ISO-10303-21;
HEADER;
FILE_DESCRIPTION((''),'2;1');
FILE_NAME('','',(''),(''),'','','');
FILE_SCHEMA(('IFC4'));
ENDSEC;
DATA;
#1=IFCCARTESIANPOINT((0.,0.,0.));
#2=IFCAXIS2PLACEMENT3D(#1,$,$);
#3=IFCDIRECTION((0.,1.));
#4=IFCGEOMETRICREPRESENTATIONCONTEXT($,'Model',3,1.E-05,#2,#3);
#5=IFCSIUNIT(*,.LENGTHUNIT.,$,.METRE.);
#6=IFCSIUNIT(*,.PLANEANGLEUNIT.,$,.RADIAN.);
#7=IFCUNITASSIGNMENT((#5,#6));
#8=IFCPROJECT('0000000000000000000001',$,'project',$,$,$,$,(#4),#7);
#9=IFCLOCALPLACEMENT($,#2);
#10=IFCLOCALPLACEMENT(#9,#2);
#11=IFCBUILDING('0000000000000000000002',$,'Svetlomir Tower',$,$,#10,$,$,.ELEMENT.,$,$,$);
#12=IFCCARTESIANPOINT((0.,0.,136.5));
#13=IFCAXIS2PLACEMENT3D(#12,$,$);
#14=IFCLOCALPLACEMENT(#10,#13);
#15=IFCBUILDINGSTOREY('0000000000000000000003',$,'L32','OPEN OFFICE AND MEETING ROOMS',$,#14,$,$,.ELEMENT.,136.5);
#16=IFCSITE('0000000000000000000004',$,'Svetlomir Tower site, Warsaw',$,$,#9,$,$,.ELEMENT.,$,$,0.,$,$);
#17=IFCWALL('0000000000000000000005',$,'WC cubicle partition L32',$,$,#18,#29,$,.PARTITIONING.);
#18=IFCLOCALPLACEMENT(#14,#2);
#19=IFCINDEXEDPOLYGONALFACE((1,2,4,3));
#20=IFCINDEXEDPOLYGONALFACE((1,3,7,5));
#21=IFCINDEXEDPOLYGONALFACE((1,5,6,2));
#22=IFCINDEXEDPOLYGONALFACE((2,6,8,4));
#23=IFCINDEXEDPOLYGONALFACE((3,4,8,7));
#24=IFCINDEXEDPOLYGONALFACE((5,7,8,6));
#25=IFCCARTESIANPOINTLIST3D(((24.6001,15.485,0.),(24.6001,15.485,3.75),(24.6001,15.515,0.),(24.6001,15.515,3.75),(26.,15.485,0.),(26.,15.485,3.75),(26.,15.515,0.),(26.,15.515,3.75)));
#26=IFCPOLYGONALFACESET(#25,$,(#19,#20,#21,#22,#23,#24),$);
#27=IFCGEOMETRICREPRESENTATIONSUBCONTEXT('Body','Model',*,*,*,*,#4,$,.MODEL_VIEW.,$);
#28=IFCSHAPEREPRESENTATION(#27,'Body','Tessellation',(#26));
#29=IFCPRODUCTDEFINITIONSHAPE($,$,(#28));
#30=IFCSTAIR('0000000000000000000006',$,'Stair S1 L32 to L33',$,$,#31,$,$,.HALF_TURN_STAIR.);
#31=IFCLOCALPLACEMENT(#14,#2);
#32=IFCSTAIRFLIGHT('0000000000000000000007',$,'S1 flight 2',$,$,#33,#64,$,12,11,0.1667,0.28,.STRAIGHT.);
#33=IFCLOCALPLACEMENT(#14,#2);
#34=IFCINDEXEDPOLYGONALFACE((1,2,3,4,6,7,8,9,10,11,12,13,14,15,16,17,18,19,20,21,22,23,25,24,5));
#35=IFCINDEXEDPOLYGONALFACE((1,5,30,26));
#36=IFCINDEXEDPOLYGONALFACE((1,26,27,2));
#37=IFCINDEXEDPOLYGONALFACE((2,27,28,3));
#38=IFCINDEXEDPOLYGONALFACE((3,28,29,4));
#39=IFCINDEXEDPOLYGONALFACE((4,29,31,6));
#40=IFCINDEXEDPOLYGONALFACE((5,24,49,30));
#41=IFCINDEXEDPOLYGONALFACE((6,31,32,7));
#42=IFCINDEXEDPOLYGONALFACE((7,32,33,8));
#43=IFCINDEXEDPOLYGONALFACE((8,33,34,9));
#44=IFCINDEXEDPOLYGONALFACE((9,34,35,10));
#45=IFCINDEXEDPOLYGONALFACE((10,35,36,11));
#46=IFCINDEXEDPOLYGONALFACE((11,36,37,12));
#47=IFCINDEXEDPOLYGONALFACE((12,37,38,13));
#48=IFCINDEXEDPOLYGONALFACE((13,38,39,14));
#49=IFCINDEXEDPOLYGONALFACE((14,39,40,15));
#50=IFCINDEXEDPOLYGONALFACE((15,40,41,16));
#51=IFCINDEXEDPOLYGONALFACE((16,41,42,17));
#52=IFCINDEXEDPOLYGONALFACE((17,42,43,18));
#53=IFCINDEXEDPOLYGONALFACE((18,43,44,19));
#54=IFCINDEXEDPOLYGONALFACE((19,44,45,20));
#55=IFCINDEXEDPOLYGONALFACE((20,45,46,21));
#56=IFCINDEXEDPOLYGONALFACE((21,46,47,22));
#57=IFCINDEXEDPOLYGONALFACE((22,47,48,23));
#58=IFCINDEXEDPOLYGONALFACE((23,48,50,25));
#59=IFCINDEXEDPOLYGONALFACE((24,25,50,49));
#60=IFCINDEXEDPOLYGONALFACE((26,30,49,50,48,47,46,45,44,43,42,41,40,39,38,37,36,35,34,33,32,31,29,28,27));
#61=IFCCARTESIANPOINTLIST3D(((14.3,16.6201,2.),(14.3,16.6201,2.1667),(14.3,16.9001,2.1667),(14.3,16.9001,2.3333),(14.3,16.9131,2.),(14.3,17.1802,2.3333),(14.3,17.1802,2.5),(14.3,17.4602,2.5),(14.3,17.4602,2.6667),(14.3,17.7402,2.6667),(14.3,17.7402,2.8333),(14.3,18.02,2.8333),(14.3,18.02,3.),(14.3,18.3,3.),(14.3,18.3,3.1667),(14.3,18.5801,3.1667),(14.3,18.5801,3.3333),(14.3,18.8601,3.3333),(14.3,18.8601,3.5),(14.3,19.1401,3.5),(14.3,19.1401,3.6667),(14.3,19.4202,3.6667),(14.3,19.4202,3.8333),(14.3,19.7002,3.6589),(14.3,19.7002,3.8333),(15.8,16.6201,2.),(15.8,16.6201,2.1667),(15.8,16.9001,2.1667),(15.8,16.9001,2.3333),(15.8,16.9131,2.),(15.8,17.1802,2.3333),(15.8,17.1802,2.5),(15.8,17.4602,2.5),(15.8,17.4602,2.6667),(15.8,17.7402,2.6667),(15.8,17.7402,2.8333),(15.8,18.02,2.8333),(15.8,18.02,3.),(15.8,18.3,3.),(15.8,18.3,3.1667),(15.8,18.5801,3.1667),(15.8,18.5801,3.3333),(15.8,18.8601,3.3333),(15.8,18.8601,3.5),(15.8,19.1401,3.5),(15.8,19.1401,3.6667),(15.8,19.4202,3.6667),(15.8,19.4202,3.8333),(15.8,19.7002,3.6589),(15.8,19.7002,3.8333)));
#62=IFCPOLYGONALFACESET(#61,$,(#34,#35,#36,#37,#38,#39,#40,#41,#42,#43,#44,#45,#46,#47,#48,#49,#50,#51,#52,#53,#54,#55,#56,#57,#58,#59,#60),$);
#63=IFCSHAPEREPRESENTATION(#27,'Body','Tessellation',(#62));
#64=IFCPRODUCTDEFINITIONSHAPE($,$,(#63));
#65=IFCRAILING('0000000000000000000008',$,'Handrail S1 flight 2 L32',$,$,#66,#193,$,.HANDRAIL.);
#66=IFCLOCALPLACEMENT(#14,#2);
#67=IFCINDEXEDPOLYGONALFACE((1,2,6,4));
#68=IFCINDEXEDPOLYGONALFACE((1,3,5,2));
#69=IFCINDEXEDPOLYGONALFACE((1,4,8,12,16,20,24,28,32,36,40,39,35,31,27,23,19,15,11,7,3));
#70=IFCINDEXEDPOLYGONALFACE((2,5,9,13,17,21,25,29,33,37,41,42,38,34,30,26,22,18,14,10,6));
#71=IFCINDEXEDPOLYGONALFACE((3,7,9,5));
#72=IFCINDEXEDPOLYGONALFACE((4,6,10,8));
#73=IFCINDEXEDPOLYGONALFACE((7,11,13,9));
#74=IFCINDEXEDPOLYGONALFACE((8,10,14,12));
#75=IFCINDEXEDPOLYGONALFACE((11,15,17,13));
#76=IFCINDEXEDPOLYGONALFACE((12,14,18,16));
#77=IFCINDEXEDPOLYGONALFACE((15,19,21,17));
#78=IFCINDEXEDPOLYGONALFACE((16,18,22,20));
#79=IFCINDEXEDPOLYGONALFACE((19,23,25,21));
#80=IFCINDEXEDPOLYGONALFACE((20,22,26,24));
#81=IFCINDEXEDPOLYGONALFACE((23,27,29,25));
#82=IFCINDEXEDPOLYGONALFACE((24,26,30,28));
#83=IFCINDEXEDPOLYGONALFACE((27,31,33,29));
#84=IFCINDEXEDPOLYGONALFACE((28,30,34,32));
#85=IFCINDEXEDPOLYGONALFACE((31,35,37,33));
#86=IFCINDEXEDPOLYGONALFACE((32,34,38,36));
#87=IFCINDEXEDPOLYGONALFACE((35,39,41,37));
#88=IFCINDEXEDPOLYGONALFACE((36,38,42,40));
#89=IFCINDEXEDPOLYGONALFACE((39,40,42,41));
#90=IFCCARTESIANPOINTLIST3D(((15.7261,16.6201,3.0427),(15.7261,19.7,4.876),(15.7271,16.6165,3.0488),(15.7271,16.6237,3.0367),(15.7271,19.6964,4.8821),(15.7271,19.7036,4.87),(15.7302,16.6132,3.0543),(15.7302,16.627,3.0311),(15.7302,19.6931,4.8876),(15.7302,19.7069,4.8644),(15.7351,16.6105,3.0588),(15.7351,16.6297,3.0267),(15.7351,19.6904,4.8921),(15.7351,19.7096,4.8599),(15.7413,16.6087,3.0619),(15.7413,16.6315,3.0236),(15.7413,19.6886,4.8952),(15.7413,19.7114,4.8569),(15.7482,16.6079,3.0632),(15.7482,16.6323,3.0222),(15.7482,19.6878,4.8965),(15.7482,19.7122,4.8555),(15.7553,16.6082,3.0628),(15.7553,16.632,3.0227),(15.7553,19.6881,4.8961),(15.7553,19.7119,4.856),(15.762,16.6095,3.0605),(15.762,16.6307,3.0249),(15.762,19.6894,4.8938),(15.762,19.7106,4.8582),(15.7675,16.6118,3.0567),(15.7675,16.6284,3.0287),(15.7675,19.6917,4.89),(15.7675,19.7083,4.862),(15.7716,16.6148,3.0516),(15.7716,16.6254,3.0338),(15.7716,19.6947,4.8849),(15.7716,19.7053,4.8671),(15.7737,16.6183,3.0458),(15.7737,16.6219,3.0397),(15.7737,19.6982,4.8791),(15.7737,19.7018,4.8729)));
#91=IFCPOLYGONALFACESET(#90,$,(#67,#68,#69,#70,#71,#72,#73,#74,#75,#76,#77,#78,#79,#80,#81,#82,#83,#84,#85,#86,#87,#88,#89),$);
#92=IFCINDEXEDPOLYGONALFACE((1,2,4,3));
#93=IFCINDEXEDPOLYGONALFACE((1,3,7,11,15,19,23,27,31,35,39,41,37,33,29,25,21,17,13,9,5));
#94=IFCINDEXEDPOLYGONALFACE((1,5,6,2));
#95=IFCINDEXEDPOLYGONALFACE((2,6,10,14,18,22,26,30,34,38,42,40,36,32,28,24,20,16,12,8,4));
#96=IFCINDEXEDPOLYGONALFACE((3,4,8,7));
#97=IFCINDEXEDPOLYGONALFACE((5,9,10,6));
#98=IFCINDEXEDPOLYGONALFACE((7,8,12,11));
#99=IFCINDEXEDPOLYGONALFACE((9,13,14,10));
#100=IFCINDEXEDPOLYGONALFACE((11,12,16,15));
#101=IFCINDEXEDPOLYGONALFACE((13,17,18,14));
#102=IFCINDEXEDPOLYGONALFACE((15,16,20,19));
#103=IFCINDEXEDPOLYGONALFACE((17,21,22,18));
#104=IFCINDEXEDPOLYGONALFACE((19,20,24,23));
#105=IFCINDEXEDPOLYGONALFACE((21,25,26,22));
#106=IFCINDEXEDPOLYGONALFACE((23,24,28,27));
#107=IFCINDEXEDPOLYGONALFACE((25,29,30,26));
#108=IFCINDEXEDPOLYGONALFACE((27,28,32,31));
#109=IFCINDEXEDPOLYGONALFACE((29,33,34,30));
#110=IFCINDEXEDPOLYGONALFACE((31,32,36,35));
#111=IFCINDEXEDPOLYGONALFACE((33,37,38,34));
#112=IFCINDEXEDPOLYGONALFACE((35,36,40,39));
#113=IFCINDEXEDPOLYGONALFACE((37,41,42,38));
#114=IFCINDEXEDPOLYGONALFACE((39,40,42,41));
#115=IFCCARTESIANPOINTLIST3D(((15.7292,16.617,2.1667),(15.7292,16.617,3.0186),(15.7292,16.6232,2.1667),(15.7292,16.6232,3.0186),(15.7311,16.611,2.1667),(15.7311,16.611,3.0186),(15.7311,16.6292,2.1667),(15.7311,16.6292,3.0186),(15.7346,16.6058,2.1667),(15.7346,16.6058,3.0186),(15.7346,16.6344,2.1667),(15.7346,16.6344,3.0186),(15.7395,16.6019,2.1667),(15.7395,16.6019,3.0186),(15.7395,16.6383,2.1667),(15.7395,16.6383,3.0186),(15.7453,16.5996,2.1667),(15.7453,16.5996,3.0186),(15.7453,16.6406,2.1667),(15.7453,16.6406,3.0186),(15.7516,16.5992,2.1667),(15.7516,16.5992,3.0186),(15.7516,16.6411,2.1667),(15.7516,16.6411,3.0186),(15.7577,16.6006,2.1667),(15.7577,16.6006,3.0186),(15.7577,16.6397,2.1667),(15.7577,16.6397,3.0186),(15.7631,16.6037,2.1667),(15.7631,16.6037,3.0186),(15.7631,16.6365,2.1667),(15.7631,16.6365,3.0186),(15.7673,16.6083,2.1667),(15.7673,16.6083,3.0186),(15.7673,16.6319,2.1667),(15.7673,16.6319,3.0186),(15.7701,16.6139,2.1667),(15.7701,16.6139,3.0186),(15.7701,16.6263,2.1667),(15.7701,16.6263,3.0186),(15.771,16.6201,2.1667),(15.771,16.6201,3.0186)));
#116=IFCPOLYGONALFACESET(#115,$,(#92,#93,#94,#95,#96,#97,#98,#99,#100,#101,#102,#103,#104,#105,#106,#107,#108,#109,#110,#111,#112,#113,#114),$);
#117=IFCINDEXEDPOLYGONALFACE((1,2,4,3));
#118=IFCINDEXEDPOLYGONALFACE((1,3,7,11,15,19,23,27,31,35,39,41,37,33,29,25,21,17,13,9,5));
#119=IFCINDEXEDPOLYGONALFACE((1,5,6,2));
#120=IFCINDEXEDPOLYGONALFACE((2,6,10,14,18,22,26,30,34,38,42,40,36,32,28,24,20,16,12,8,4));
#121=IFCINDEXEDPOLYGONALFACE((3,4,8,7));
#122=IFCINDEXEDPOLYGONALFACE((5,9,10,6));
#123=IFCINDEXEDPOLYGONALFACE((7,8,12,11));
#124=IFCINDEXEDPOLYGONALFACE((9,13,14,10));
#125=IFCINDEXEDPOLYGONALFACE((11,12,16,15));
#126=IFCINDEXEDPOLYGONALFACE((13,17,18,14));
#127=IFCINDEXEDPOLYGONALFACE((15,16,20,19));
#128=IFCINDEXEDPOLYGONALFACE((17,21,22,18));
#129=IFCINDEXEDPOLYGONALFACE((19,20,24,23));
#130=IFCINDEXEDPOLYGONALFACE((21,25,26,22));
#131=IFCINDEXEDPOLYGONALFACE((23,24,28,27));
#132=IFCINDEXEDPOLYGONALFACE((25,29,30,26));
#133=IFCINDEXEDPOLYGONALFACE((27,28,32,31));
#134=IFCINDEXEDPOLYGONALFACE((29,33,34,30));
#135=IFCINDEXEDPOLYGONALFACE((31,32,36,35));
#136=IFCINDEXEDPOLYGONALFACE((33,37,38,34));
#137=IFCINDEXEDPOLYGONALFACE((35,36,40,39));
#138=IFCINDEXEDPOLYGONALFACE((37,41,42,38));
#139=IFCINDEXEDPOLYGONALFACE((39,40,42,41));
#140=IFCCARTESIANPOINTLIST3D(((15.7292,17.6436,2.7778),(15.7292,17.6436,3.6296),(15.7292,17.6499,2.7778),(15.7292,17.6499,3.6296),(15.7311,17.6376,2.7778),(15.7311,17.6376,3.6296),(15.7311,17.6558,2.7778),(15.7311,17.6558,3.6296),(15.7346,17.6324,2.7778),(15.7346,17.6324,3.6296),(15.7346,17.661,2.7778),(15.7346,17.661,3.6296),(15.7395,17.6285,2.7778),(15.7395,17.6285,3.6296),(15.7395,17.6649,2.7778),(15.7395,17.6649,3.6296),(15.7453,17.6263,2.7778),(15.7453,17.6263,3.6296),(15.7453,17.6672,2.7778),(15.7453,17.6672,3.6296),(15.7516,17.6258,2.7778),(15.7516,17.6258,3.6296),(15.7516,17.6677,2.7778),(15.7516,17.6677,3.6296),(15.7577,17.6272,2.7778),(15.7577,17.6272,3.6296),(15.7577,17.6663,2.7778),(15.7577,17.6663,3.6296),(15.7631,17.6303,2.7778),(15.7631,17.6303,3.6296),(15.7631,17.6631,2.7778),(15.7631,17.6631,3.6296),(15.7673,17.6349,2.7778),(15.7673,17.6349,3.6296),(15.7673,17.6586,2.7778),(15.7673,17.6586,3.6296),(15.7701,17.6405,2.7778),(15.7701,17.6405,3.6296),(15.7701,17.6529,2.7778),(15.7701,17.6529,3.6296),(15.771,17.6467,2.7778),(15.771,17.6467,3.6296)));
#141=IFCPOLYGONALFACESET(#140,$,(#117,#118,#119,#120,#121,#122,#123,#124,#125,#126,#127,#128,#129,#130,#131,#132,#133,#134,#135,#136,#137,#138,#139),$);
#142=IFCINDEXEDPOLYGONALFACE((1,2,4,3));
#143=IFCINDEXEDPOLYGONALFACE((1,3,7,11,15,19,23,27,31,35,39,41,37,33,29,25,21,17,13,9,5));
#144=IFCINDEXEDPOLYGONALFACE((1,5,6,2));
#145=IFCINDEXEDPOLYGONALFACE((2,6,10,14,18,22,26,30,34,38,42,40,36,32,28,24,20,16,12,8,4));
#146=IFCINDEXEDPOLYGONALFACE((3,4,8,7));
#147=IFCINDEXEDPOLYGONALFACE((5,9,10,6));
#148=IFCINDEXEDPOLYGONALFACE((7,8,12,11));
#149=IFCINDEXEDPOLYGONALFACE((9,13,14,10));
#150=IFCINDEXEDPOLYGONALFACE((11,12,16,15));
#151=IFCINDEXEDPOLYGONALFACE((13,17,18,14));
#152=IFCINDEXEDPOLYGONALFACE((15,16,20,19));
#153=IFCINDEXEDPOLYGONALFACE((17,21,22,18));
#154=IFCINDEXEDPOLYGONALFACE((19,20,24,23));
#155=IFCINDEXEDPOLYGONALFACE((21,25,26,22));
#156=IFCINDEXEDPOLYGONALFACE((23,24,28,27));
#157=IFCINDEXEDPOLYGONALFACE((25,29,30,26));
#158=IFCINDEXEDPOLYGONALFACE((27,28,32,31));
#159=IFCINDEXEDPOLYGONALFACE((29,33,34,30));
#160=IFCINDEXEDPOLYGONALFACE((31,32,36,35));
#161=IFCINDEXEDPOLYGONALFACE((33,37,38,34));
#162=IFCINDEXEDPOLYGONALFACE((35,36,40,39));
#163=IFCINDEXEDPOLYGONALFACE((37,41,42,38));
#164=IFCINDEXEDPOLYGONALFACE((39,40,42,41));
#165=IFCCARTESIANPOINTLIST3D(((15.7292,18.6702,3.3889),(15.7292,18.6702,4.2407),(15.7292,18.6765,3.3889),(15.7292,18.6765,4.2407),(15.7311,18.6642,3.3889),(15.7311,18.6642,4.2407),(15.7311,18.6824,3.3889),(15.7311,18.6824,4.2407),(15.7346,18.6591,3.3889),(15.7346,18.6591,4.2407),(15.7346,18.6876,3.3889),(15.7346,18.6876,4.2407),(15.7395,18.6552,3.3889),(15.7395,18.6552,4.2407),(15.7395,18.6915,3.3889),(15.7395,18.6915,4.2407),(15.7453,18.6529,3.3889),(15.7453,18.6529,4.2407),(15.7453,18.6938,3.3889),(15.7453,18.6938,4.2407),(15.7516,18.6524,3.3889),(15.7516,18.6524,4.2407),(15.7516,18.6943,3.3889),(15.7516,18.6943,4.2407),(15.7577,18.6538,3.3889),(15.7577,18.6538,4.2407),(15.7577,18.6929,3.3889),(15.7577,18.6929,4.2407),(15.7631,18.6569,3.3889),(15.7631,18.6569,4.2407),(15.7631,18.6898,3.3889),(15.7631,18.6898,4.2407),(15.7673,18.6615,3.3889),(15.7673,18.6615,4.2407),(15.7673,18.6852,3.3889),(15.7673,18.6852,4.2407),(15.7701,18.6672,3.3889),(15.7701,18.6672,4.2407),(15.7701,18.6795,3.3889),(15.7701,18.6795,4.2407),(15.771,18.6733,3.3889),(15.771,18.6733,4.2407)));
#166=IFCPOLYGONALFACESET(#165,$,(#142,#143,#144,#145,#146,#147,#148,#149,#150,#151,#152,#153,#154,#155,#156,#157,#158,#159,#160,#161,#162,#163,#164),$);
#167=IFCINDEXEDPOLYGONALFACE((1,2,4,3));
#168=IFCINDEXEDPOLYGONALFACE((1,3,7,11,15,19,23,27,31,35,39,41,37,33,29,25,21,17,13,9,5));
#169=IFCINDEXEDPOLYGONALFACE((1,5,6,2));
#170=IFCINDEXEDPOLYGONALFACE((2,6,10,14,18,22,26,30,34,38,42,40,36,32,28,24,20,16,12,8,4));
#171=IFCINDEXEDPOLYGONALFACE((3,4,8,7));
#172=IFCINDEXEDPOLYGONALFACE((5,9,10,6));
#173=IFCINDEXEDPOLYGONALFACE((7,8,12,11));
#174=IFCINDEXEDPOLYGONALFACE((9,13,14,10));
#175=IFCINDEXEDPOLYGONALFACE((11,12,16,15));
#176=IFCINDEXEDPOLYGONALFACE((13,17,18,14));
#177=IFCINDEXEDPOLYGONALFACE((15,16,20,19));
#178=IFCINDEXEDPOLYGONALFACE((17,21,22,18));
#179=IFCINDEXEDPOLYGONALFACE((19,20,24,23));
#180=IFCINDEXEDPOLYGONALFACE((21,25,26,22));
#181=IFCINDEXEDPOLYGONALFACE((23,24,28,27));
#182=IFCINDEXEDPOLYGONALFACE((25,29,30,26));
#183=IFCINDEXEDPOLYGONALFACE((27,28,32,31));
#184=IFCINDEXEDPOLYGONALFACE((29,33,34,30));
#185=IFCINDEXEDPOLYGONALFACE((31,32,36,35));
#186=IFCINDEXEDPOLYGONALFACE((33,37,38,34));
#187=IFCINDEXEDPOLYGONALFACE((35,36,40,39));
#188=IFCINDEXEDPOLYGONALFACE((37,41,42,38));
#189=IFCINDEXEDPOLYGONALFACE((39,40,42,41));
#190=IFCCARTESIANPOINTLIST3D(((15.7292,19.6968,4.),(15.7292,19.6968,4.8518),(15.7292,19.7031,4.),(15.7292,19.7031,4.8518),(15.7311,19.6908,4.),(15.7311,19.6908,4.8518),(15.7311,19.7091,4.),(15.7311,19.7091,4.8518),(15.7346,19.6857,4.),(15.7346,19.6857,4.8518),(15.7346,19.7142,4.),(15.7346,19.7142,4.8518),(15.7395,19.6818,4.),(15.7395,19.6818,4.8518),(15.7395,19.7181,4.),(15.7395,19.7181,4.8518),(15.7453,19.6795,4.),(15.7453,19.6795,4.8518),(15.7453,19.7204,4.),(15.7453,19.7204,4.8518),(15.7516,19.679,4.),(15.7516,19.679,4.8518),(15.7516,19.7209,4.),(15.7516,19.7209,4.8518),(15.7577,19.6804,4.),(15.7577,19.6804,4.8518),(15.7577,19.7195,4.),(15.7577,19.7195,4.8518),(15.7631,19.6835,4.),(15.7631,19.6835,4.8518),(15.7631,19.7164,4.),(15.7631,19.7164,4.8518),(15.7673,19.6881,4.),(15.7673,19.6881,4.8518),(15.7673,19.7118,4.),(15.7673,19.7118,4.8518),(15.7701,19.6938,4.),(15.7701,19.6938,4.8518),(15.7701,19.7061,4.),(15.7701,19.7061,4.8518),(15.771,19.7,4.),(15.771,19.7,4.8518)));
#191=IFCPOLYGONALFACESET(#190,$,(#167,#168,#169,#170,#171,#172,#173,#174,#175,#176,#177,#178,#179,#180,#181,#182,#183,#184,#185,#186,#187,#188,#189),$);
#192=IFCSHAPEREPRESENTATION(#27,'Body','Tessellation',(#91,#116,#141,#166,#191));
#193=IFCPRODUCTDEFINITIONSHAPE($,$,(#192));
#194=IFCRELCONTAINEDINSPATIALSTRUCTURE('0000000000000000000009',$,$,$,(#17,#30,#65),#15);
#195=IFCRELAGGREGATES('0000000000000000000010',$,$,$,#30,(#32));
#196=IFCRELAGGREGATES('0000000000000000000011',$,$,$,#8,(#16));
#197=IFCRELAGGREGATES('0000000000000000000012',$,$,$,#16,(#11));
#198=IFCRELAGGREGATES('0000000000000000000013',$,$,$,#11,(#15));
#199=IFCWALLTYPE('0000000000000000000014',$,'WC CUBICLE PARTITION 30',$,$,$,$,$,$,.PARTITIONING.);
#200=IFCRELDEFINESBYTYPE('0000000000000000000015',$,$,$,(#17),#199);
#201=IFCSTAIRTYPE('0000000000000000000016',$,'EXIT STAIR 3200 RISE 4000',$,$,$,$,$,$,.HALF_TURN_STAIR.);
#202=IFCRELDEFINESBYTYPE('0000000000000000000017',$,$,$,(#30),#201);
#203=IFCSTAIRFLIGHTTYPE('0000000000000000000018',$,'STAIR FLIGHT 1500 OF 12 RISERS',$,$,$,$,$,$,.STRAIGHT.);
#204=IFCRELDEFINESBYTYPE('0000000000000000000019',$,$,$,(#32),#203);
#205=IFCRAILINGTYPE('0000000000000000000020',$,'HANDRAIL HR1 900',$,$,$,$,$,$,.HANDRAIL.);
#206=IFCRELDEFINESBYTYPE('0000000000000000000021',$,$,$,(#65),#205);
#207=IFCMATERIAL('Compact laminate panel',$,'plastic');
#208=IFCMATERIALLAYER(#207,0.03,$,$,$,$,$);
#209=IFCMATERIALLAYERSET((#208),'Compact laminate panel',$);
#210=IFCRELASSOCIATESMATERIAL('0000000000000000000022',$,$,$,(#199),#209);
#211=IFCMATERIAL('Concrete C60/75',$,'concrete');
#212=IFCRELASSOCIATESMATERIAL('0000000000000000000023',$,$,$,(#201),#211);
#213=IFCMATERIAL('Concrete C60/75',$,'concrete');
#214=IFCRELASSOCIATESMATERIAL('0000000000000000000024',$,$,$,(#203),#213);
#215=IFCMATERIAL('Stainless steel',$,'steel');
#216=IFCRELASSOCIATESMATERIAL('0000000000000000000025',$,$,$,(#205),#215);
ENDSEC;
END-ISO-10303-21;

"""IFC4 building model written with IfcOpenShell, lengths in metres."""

from ifc_helpers import new_model, si_unit, direction, frame, frame_2d, origin, origin_2d, place, context, subcontext, project, spatial, polyline, rectangle, circle, outline, extrude, material, layer, layer_set, type_object, element, aggregate, save


model = new_model("IFC4")

# Units and contexts
model_context = context("Model", 3, precision=1e-05, world=origin(), true_north=direction((0.0, 1.0)))
body_context = subcontext(model_context, "Body", "Model", "MODEL_VIEW")
ifc_project = project(units=[si_unit("LENGTHUNIT", "METRE"), si_unit("PLANEANGLEUNIT", "RADIAN")], contexts=[model_context])

# Site, building, storey
site_placement = place(None, origin())
site = spatial("IfcSite", under=ifc_project, at=site_placement, Name="Svetlomir Tower site, Warsaw", CompositionType="ELEMENT", RefElevation=0.0)
building_placement = place(site_placement, origin())
building = spatial("IfcBuilding", under=site, at=building_placement, Name="Svetlomir Tower", CompositionType="ELEMENT")
storey_placement = place(building_placement, frame((0.0, 0.0, 136.5)))
storey = spatial("IfcBuildingStorey", under=building, at=storey_placement, Name="L32", Description="OPEN OFFICE AND MEETING ROOMS", CompositionType="ELEMENT", Elevation=136.5)

# Wall
ifc_material_1 = material(Name="Compact laminate panel", Category="plastic")
ifc_layer_1 = layer(ifc_material_1, 0.03)
ifc_layer_set_1 = layer_set([ifc_layer_1], Name="Compact laminate panel")
wall_type_1 = type_object("IfcWallType", Name="WC CUBICLE PARTITION 30", PredefinedType="PARTITIONING", material=ifc_layer_set_1)
wall_1_placement = place(storey_placement, frame((24.6001, 15.5, 0.0), z_axis=(0.0, 0.0, 1.0), x_axis=(1.0, 0.0, 0.0)))
element("IfcWall", 1, at=wall_1_placement, inside=storey, type_object=wall_type_1, Name="WC cubicle partition L32", PredefinedType="PARTITIONING", context=body_context, shape_type="SweptSolid", body=[
    extrude(rectangle(XDim=1.3999, YDim=0.03, at=frame_2d((0.7, 0.0))), origin(), (0.0, 0.0, 1.0), 3.75),
])

# Stair, stair flight
ifc_material_2 = material(Name="Concrete C60/75", Category="concrete")
stair_type = type_object("IfcStairType", Name="EXIT STAIR 3200 RISE 4000", PredefinedType="HALF_TURN_STAIR", material=ifc_material_2)
stair_placement = place(storey_placement, origin())
stair = element("IfcStair", 2, at=stair_placement, inside=storey, type_object=stair_type, Name="Stair S1 L32 to L33", PredefinedType="HALF_TURN_STAIR")
ifc_material_3 = material(Name="Concrete C60/75", Category="concrete")
stair_flight_type = type_object("IfcStairFlightType", Name="STAIR FLIGHT 1500 OF 12 RISERS", PredefinedType="STRAIGHT", material=ifc_material_3)
stair_flight_placement = place(storey_placement, frame((15.05, 16.6201, 2.0), z_axis=(0.0, 0.0, 1.0), x_axis=(0.0, 1.0, 0.0)))
stair_flight = element("IfcStairFlight", 3, at=stair_flight_placement, type_object=stair_flight_type, Name="S1 flight 2", NumberOfRisers=12, NumberOfTreads=11, PredefinedType="STRAIGHT", RiserHeight=0.1667, TreadLength=0.28, context=body_context, shape_type="SweptSolid", body=[
    extrude(outline(polyline([(0.0, 0.0), (0.0, 0.1667), (0.28, 0.1667), (0.28, 0.3333), (0.5601, 0.3333), (0.5601, 0.5), (0.8401, 0.5), (0.8401, 0.6667), (1.1201, 0.6667), (1.1201, 0.8333), (1.3999, 0.8333), (1.3999, 1.0), (1.6799, 1.0), (1.6799, 1.1667), (1.96, 1.1667), (1.96, 1.3333), (2.24, 1.3333), (2.24, 1.5), (2.52, 1.5), (2.52, 1.6667), (2.8, 1.6667), (2.8, 1.8333), (3.0801, 1.8333), (3.0801, 2.0), (3.0801, 1.6589), (0.293, 0.0), (0.0, 0.0)])), frame((0.0, 0.75, 0.0), z_axis=(0.0, -1.0, 0.0), x_axis=(1.0, 0.0, 0.0)), (0.0, 0.0, 1.0), 1.5),
])
aggregate(stair, [stair_flight])

# Railing
ifc_material_4 = material(Name="Stainless steel", Category="steel")
railing_type = type_object("IfcRailingType", Name="HANDRAIL HR1 900", PredefinedType="HANDRAIL", material=ifc_material_4)
railing_placement = place(storey_placement, frame((15.75, 16.6201, 2.1667)))
element("IfcRailing", 4, at=railing_placement, inside=storey, type_object=railing_type, Name="Handrail S1 flight 2 L32", PredefinedType="HANDRAIL", context=body_context, shape_type="SweptSolid", body=[
    extrude(circle(Radius=0.0239, at=origin_2d()), frame((0.0, 0.0, 0.876), z_axis=(0.0, 0.859291, 0.511487), x_axis=(-1.0, 0.0, 0.0)), (0.0, 0.0, 1.0), 3.5842),
    extrude(circle(Radius=0.021, at=origin_2d()), origin(), (0.0, 0.0, 1.0), 0.8518),
    extrude(circle(Radius=0.021, at=origin_2d()), frame((0.0, 1.0266, 0.6111)), (0.0, 0.0, 1.0), 0.8518),
    extrude(circle(Radius=0.021, at=origin_2d()), frame((0.0, 2.0532, 1.2222)), (0.0, 0.0, 1.0), 0.8518),
    extrude(circle(Radius=0.021, at=origin_2d()), frame((0.0, 3.0798, 1.8333)), (0.0, 0.0, 1.0), 0.8518),
])

save(model, "model.ifc")
